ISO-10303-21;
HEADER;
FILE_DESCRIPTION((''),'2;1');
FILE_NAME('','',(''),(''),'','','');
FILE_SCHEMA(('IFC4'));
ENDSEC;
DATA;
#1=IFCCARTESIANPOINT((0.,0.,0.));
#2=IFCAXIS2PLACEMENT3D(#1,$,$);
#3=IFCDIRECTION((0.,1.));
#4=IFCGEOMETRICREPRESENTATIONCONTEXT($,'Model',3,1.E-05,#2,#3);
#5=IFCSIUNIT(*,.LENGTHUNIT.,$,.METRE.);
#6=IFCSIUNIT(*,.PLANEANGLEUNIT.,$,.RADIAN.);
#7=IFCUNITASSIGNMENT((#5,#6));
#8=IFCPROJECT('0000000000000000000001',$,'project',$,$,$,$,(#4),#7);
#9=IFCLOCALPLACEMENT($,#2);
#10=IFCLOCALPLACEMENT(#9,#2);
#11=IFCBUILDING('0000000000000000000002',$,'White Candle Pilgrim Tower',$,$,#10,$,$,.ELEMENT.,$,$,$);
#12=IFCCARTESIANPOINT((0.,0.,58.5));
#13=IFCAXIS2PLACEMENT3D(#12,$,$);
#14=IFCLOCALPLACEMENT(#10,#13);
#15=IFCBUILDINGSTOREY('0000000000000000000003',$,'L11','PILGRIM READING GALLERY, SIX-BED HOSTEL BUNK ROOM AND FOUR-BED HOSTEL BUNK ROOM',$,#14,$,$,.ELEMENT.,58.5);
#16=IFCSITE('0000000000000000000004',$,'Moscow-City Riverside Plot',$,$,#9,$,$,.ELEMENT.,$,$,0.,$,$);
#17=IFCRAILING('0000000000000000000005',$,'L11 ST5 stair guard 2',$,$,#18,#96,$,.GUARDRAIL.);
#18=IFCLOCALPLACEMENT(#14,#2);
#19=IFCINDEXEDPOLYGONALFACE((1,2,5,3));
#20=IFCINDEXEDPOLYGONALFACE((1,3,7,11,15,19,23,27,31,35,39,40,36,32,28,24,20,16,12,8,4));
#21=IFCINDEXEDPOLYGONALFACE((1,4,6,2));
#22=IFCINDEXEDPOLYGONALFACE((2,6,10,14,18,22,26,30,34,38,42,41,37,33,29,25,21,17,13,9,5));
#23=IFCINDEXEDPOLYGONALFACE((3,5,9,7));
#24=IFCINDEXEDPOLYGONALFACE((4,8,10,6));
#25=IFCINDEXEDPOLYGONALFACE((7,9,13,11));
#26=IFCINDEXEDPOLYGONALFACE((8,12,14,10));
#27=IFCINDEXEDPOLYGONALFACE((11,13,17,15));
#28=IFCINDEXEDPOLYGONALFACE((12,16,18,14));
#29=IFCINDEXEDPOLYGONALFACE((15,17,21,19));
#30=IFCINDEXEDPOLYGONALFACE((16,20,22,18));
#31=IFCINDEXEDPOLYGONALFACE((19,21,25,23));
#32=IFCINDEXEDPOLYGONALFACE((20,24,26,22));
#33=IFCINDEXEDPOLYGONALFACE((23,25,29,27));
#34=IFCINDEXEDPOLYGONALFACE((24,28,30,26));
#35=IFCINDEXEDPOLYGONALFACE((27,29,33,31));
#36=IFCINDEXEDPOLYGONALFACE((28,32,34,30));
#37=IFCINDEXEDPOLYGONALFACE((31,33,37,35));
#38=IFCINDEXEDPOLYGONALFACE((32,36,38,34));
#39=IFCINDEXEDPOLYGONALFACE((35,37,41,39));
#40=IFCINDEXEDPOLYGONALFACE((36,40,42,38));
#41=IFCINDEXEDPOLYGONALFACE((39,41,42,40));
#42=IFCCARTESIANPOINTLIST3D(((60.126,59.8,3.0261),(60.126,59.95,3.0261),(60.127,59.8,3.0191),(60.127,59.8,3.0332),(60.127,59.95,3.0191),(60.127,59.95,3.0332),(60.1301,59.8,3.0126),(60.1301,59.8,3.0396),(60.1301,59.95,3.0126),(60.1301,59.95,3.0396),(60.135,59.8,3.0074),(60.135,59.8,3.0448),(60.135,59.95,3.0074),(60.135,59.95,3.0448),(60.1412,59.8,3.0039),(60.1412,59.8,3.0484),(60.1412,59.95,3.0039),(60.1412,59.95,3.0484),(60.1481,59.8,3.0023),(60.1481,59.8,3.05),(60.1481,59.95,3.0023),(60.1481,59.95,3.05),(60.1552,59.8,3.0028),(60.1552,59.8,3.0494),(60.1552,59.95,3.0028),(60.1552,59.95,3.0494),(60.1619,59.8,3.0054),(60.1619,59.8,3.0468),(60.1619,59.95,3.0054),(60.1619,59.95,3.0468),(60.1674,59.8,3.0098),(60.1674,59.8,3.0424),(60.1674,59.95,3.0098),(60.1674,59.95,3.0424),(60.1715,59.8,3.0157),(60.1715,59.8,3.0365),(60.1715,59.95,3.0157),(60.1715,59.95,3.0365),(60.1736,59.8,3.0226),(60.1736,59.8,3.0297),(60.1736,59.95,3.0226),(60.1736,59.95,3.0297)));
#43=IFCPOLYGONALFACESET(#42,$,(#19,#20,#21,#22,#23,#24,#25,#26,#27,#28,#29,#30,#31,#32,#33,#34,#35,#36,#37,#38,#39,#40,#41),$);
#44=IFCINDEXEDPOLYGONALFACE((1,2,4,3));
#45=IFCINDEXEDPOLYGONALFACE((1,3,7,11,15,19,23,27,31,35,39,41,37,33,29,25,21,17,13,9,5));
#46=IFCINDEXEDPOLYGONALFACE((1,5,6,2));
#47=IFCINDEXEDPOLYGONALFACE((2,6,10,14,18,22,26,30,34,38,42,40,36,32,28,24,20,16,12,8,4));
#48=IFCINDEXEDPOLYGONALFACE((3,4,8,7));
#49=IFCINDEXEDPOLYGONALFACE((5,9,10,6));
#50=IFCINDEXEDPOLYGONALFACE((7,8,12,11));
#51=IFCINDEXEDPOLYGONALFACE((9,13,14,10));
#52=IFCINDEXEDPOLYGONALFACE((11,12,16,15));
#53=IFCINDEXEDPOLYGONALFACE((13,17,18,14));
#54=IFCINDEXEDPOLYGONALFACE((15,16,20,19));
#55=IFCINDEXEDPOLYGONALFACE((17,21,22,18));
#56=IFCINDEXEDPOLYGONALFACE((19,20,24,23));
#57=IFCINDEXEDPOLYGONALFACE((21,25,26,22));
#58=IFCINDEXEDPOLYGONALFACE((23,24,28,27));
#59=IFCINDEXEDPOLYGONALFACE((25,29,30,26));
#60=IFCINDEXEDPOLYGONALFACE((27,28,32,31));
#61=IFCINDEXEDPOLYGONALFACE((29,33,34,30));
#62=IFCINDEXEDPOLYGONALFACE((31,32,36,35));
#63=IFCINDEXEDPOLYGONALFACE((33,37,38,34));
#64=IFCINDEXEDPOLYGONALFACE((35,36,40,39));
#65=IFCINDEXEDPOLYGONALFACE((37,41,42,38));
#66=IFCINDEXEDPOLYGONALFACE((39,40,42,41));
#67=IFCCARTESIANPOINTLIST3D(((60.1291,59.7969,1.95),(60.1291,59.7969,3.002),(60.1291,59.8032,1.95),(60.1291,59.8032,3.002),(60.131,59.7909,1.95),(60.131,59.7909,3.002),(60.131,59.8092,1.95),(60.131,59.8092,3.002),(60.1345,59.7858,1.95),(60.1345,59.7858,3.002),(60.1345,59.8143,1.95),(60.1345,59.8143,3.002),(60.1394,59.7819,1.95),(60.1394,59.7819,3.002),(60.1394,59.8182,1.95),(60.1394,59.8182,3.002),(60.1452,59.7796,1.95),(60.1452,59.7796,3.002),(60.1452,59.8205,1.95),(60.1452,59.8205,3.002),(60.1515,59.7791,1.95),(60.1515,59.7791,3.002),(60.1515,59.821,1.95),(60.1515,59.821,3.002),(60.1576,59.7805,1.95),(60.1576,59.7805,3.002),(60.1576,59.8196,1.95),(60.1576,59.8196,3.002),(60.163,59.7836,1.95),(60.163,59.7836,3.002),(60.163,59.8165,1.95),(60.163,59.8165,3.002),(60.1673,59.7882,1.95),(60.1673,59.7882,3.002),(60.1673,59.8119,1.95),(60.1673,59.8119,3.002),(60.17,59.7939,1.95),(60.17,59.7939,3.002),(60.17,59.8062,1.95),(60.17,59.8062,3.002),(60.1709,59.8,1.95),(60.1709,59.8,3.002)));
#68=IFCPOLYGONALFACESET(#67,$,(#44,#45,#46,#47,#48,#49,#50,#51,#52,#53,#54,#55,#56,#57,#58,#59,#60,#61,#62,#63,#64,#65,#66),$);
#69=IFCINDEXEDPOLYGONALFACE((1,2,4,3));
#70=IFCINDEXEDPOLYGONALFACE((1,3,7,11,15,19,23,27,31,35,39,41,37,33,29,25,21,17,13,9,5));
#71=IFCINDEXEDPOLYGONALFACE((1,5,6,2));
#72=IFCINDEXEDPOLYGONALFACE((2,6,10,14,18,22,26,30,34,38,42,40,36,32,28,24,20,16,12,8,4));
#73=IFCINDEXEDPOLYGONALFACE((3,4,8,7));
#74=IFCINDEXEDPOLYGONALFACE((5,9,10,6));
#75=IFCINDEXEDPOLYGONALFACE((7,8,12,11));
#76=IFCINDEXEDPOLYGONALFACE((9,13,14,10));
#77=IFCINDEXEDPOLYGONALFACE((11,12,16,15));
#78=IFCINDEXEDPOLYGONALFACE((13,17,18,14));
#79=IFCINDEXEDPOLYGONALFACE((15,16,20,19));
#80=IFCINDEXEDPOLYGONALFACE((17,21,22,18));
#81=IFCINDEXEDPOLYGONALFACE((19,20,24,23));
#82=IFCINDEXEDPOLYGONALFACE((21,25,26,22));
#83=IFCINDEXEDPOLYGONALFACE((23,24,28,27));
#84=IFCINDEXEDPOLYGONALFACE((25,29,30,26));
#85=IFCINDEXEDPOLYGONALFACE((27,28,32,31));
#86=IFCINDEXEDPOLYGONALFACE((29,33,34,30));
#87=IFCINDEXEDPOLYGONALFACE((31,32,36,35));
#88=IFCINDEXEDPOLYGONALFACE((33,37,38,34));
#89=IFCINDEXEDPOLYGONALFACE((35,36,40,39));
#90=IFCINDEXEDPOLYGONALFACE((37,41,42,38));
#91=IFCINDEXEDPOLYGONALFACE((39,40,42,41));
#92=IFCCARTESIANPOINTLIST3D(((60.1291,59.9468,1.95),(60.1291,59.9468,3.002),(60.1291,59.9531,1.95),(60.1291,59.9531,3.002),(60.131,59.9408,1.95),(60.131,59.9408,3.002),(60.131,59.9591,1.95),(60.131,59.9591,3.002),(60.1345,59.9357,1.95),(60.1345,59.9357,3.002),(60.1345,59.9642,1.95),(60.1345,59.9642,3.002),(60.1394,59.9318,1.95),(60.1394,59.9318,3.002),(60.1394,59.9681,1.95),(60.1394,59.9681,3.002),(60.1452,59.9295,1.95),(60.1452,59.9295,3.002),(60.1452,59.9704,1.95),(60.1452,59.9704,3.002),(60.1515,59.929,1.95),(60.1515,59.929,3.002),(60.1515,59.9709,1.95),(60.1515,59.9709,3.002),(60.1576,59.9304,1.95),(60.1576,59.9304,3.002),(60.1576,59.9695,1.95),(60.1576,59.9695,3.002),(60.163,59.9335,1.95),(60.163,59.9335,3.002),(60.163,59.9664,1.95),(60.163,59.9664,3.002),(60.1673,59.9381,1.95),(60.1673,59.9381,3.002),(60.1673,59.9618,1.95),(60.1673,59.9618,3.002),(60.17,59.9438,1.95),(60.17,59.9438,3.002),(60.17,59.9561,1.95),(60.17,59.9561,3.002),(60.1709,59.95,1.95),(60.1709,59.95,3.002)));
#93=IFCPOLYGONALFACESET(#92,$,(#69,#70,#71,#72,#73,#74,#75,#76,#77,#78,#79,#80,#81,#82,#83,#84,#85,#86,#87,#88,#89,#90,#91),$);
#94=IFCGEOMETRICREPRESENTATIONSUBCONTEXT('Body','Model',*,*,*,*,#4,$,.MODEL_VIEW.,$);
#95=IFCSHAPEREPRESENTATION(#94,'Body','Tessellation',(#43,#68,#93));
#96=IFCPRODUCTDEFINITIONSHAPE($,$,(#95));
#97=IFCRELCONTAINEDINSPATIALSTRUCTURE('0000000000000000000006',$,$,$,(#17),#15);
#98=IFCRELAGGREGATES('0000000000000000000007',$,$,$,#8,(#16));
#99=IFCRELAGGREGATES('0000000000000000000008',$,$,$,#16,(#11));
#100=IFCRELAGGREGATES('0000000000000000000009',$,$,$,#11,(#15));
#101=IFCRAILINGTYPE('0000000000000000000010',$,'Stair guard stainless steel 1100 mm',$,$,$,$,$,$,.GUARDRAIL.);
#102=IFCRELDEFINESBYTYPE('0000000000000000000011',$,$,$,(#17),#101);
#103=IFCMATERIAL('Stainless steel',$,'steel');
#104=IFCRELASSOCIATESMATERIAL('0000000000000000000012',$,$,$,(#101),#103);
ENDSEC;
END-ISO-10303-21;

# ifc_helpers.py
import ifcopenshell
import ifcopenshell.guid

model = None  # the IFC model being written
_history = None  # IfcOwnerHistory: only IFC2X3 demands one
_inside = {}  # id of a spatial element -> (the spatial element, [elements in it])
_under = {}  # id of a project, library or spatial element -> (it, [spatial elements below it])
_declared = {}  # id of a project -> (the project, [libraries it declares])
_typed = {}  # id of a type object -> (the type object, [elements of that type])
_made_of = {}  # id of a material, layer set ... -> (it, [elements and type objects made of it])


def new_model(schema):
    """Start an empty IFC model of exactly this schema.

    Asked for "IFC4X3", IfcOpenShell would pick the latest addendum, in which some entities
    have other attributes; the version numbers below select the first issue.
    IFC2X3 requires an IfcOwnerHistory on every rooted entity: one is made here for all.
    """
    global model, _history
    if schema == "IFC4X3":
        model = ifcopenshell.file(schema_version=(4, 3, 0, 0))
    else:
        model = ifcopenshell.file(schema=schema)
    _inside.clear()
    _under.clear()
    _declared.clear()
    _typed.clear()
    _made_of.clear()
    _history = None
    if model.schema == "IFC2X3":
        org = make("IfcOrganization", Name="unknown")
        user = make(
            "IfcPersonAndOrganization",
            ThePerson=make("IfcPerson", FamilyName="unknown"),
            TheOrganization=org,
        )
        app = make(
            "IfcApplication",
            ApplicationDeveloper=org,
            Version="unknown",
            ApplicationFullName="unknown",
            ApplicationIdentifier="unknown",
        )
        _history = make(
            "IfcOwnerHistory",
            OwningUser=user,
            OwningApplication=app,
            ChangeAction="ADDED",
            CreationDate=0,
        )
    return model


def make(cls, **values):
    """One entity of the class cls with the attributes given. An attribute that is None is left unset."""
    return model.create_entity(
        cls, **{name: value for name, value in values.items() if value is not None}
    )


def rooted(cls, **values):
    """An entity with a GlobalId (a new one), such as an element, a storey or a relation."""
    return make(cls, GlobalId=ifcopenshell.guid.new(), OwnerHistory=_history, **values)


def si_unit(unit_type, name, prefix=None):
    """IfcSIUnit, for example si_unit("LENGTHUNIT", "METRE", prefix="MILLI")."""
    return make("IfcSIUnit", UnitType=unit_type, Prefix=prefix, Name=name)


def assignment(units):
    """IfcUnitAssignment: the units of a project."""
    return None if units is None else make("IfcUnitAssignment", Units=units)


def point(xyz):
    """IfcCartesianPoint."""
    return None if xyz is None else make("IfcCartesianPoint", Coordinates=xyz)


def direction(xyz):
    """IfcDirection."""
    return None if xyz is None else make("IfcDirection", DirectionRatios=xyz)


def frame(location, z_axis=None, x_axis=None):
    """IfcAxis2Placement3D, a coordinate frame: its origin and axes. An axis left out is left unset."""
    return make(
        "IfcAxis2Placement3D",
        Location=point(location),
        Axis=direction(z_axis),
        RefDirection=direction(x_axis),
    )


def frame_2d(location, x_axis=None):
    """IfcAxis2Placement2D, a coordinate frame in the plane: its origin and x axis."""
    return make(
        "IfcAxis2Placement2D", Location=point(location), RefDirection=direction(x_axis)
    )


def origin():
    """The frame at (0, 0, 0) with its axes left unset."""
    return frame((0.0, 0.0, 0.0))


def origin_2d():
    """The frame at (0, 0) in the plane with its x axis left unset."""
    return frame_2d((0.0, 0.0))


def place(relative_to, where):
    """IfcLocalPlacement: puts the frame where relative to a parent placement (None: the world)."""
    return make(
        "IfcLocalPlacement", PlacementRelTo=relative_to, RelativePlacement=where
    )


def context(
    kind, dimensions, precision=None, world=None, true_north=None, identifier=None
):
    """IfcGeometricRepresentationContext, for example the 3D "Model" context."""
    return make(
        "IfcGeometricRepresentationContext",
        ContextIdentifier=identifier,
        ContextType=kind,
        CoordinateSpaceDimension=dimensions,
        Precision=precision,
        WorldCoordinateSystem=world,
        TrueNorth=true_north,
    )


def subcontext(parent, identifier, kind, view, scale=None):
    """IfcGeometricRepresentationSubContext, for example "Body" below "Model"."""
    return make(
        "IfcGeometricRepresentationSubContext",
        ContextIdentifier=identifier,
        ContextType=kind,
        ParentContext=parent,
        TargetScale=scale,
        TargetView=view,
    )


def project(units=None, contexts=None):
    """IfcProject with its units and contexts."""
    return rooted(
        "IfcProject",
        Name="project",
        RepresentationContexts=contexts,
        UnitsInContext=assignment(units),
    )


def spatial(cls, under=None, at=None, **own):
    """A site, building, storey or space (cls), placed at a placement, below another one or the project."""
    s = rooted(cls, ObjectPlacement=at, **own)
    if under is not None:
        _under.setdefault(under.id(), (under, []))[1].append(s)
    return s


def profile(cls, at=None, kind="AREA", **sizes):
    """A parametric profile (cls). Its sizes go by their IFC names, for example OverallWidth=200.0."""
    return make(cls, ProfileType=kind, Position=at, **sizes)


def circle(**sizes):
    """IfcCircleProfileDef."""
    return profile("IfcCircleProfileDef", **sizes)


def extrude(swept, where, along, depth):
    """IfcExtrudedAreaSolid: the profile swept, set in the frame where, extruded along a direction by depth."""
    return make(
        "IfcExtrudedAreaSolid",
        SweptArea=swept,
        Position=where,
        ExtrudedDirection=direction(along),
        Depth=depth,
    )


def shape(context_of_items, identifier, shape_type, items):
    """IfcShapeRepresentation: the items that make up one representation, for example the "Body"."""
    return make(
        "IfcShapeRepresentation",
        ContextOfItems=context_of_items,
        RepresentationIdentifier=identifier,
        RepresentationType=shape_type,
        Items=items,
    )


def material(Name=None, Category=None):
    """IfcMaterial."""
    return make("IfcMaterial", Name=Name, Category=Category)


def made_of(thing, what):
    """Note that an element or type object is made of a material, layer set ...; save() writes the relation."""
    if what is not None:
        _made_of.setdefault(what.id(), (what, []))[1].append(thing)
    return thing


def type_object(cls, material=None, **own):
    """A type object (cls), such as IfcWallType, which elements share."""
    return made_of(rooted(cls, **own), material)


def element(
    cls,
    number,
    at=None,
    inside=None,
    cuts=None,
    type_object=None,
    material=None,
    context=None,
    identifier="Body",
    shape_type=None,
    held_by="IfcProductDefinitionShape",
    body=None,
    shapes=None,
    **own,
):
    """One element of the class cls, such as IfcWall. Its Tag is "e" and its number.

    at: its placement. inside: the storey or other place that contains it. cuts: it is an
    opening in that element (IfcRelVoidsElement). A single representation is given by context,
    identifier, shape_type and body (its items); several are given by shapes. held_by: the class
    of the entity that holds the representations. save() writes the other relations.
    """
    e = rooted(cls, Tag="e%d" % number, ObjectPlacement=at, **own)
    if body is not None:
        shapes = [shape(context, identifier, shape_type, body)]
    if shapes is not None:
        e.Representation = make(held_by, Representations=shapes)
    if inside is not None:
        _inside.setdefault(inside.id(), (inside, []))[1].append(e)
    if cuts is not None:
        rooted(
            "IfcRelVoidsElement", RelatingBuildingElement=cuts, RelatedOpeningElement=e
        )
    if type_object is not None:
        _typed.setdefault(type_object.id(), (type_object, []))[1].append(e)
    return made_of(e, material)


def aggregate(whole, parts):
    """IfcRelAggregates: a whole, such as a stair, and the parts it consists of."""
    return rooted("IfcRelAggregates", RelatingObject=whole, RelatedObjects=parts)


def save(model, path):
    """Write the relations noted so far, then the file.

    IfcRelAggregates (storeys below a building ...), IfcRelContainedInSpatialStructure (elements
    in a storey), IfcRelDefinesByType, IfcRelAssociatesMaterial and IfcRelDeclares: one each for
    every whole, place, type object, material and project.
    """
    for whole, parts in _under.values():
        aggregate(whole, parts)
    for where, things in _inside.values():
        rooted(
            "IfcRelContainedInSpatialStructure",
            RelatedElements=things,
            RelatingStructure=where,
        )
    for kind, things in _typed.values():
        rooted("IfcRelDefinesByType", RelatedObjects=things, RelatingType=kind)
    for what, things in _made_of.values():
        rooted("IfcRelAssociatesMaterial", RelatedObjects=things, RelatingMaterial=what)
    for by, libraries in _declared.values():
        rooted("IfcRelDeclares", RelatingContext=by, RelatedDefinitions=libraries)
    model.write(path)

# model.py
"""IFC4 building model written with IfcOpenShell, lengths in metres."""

from ifc_helpers import new_model, si_unit, direction, frame, origin, origin_2d, place, context, subcontext, project, spatial, circle, extrude, material, type_object, element, save


model = new_model("IFC4")

# Units and contexts
model_context = context("Model", 3, precision=1e-05, world=origin(), true_north=direction((0.0, 1.0)))
body_context = subcontext(model_context, "Body", "Model", "MODEL_VIEW")
ifc_project = project(units=[si_unit("LENGTHUNIT", "METRE"), si_unit("PLANEANGLEUNIT", "RADIAN")], contexts=[model_context])

# Site, building, storey
site_placement = place(None, origin())
site = spatial("IfcSite", under=ifc_project, at=site_placement, Name="Moscow-City Riverside Plot", CompositionType="ELEMENT", RefElevation=0.0)
building_placement = place(site_placement, origin())
building = spatial("IfcBuilding", under=site, at=building_placement, Name="White Candle Pilgrim Tower", CompositionType="ELEMENT")
storey_placement = place(building_placement, frame((0.0, 0.0, 58.5)))
storey = spatial("IfcBuildingStorey", under=building, at=storey_placement, Name="L11", Description="PILGRIM READING GALLERY, SIX-BED HOSTEL BUNK ROOM AND FOUR-BED HOSTEL BUNK ROOM", CompositionType="ELEMENT", Elevation=58.5)

# Railing
ifc_material_1 = material(Name="Stainless steel", Category="steel")
railing_type_1 = type_object("IfcRailingType", Name="Stair guard stainless steel 1100 mm", PredefinedType="GUARDRAIL", material=ifc_material_1)
railing_1_placement = place(storey_placement, frame((60.1499, 59.8, 1.95)))
element("IfcRailing", 1, at=railing_1_placement, inside=storey, type_object=railing_type_1, Name="L11 ST5 stair guard 2", PredefinedType="GUARDRAIL", context=body_context, shape_type="SweptSolid", body=[
    extrude(circle(Radius=0.0239, at=origin_2d()), frame((0.0, 0.0, 1.0762), z_axis=(0.0, 1.0, 0.0), x_axis=(-1.0, 0.0, 0.0)), (0.0, 0.0, 1.0), 0.1499),
    extrude(circle(Radius=0.021, at=origin_2d()), origin(), (0.0, 0.0, 1.0), 1.052),
    extrude(circle(Radius=0.021, at=origin_2d()), frame((0.0, 0.1499, 0.0)), (0.0, 0.0, 1.0), 1.052),
])

save(model, "model.ifc")
